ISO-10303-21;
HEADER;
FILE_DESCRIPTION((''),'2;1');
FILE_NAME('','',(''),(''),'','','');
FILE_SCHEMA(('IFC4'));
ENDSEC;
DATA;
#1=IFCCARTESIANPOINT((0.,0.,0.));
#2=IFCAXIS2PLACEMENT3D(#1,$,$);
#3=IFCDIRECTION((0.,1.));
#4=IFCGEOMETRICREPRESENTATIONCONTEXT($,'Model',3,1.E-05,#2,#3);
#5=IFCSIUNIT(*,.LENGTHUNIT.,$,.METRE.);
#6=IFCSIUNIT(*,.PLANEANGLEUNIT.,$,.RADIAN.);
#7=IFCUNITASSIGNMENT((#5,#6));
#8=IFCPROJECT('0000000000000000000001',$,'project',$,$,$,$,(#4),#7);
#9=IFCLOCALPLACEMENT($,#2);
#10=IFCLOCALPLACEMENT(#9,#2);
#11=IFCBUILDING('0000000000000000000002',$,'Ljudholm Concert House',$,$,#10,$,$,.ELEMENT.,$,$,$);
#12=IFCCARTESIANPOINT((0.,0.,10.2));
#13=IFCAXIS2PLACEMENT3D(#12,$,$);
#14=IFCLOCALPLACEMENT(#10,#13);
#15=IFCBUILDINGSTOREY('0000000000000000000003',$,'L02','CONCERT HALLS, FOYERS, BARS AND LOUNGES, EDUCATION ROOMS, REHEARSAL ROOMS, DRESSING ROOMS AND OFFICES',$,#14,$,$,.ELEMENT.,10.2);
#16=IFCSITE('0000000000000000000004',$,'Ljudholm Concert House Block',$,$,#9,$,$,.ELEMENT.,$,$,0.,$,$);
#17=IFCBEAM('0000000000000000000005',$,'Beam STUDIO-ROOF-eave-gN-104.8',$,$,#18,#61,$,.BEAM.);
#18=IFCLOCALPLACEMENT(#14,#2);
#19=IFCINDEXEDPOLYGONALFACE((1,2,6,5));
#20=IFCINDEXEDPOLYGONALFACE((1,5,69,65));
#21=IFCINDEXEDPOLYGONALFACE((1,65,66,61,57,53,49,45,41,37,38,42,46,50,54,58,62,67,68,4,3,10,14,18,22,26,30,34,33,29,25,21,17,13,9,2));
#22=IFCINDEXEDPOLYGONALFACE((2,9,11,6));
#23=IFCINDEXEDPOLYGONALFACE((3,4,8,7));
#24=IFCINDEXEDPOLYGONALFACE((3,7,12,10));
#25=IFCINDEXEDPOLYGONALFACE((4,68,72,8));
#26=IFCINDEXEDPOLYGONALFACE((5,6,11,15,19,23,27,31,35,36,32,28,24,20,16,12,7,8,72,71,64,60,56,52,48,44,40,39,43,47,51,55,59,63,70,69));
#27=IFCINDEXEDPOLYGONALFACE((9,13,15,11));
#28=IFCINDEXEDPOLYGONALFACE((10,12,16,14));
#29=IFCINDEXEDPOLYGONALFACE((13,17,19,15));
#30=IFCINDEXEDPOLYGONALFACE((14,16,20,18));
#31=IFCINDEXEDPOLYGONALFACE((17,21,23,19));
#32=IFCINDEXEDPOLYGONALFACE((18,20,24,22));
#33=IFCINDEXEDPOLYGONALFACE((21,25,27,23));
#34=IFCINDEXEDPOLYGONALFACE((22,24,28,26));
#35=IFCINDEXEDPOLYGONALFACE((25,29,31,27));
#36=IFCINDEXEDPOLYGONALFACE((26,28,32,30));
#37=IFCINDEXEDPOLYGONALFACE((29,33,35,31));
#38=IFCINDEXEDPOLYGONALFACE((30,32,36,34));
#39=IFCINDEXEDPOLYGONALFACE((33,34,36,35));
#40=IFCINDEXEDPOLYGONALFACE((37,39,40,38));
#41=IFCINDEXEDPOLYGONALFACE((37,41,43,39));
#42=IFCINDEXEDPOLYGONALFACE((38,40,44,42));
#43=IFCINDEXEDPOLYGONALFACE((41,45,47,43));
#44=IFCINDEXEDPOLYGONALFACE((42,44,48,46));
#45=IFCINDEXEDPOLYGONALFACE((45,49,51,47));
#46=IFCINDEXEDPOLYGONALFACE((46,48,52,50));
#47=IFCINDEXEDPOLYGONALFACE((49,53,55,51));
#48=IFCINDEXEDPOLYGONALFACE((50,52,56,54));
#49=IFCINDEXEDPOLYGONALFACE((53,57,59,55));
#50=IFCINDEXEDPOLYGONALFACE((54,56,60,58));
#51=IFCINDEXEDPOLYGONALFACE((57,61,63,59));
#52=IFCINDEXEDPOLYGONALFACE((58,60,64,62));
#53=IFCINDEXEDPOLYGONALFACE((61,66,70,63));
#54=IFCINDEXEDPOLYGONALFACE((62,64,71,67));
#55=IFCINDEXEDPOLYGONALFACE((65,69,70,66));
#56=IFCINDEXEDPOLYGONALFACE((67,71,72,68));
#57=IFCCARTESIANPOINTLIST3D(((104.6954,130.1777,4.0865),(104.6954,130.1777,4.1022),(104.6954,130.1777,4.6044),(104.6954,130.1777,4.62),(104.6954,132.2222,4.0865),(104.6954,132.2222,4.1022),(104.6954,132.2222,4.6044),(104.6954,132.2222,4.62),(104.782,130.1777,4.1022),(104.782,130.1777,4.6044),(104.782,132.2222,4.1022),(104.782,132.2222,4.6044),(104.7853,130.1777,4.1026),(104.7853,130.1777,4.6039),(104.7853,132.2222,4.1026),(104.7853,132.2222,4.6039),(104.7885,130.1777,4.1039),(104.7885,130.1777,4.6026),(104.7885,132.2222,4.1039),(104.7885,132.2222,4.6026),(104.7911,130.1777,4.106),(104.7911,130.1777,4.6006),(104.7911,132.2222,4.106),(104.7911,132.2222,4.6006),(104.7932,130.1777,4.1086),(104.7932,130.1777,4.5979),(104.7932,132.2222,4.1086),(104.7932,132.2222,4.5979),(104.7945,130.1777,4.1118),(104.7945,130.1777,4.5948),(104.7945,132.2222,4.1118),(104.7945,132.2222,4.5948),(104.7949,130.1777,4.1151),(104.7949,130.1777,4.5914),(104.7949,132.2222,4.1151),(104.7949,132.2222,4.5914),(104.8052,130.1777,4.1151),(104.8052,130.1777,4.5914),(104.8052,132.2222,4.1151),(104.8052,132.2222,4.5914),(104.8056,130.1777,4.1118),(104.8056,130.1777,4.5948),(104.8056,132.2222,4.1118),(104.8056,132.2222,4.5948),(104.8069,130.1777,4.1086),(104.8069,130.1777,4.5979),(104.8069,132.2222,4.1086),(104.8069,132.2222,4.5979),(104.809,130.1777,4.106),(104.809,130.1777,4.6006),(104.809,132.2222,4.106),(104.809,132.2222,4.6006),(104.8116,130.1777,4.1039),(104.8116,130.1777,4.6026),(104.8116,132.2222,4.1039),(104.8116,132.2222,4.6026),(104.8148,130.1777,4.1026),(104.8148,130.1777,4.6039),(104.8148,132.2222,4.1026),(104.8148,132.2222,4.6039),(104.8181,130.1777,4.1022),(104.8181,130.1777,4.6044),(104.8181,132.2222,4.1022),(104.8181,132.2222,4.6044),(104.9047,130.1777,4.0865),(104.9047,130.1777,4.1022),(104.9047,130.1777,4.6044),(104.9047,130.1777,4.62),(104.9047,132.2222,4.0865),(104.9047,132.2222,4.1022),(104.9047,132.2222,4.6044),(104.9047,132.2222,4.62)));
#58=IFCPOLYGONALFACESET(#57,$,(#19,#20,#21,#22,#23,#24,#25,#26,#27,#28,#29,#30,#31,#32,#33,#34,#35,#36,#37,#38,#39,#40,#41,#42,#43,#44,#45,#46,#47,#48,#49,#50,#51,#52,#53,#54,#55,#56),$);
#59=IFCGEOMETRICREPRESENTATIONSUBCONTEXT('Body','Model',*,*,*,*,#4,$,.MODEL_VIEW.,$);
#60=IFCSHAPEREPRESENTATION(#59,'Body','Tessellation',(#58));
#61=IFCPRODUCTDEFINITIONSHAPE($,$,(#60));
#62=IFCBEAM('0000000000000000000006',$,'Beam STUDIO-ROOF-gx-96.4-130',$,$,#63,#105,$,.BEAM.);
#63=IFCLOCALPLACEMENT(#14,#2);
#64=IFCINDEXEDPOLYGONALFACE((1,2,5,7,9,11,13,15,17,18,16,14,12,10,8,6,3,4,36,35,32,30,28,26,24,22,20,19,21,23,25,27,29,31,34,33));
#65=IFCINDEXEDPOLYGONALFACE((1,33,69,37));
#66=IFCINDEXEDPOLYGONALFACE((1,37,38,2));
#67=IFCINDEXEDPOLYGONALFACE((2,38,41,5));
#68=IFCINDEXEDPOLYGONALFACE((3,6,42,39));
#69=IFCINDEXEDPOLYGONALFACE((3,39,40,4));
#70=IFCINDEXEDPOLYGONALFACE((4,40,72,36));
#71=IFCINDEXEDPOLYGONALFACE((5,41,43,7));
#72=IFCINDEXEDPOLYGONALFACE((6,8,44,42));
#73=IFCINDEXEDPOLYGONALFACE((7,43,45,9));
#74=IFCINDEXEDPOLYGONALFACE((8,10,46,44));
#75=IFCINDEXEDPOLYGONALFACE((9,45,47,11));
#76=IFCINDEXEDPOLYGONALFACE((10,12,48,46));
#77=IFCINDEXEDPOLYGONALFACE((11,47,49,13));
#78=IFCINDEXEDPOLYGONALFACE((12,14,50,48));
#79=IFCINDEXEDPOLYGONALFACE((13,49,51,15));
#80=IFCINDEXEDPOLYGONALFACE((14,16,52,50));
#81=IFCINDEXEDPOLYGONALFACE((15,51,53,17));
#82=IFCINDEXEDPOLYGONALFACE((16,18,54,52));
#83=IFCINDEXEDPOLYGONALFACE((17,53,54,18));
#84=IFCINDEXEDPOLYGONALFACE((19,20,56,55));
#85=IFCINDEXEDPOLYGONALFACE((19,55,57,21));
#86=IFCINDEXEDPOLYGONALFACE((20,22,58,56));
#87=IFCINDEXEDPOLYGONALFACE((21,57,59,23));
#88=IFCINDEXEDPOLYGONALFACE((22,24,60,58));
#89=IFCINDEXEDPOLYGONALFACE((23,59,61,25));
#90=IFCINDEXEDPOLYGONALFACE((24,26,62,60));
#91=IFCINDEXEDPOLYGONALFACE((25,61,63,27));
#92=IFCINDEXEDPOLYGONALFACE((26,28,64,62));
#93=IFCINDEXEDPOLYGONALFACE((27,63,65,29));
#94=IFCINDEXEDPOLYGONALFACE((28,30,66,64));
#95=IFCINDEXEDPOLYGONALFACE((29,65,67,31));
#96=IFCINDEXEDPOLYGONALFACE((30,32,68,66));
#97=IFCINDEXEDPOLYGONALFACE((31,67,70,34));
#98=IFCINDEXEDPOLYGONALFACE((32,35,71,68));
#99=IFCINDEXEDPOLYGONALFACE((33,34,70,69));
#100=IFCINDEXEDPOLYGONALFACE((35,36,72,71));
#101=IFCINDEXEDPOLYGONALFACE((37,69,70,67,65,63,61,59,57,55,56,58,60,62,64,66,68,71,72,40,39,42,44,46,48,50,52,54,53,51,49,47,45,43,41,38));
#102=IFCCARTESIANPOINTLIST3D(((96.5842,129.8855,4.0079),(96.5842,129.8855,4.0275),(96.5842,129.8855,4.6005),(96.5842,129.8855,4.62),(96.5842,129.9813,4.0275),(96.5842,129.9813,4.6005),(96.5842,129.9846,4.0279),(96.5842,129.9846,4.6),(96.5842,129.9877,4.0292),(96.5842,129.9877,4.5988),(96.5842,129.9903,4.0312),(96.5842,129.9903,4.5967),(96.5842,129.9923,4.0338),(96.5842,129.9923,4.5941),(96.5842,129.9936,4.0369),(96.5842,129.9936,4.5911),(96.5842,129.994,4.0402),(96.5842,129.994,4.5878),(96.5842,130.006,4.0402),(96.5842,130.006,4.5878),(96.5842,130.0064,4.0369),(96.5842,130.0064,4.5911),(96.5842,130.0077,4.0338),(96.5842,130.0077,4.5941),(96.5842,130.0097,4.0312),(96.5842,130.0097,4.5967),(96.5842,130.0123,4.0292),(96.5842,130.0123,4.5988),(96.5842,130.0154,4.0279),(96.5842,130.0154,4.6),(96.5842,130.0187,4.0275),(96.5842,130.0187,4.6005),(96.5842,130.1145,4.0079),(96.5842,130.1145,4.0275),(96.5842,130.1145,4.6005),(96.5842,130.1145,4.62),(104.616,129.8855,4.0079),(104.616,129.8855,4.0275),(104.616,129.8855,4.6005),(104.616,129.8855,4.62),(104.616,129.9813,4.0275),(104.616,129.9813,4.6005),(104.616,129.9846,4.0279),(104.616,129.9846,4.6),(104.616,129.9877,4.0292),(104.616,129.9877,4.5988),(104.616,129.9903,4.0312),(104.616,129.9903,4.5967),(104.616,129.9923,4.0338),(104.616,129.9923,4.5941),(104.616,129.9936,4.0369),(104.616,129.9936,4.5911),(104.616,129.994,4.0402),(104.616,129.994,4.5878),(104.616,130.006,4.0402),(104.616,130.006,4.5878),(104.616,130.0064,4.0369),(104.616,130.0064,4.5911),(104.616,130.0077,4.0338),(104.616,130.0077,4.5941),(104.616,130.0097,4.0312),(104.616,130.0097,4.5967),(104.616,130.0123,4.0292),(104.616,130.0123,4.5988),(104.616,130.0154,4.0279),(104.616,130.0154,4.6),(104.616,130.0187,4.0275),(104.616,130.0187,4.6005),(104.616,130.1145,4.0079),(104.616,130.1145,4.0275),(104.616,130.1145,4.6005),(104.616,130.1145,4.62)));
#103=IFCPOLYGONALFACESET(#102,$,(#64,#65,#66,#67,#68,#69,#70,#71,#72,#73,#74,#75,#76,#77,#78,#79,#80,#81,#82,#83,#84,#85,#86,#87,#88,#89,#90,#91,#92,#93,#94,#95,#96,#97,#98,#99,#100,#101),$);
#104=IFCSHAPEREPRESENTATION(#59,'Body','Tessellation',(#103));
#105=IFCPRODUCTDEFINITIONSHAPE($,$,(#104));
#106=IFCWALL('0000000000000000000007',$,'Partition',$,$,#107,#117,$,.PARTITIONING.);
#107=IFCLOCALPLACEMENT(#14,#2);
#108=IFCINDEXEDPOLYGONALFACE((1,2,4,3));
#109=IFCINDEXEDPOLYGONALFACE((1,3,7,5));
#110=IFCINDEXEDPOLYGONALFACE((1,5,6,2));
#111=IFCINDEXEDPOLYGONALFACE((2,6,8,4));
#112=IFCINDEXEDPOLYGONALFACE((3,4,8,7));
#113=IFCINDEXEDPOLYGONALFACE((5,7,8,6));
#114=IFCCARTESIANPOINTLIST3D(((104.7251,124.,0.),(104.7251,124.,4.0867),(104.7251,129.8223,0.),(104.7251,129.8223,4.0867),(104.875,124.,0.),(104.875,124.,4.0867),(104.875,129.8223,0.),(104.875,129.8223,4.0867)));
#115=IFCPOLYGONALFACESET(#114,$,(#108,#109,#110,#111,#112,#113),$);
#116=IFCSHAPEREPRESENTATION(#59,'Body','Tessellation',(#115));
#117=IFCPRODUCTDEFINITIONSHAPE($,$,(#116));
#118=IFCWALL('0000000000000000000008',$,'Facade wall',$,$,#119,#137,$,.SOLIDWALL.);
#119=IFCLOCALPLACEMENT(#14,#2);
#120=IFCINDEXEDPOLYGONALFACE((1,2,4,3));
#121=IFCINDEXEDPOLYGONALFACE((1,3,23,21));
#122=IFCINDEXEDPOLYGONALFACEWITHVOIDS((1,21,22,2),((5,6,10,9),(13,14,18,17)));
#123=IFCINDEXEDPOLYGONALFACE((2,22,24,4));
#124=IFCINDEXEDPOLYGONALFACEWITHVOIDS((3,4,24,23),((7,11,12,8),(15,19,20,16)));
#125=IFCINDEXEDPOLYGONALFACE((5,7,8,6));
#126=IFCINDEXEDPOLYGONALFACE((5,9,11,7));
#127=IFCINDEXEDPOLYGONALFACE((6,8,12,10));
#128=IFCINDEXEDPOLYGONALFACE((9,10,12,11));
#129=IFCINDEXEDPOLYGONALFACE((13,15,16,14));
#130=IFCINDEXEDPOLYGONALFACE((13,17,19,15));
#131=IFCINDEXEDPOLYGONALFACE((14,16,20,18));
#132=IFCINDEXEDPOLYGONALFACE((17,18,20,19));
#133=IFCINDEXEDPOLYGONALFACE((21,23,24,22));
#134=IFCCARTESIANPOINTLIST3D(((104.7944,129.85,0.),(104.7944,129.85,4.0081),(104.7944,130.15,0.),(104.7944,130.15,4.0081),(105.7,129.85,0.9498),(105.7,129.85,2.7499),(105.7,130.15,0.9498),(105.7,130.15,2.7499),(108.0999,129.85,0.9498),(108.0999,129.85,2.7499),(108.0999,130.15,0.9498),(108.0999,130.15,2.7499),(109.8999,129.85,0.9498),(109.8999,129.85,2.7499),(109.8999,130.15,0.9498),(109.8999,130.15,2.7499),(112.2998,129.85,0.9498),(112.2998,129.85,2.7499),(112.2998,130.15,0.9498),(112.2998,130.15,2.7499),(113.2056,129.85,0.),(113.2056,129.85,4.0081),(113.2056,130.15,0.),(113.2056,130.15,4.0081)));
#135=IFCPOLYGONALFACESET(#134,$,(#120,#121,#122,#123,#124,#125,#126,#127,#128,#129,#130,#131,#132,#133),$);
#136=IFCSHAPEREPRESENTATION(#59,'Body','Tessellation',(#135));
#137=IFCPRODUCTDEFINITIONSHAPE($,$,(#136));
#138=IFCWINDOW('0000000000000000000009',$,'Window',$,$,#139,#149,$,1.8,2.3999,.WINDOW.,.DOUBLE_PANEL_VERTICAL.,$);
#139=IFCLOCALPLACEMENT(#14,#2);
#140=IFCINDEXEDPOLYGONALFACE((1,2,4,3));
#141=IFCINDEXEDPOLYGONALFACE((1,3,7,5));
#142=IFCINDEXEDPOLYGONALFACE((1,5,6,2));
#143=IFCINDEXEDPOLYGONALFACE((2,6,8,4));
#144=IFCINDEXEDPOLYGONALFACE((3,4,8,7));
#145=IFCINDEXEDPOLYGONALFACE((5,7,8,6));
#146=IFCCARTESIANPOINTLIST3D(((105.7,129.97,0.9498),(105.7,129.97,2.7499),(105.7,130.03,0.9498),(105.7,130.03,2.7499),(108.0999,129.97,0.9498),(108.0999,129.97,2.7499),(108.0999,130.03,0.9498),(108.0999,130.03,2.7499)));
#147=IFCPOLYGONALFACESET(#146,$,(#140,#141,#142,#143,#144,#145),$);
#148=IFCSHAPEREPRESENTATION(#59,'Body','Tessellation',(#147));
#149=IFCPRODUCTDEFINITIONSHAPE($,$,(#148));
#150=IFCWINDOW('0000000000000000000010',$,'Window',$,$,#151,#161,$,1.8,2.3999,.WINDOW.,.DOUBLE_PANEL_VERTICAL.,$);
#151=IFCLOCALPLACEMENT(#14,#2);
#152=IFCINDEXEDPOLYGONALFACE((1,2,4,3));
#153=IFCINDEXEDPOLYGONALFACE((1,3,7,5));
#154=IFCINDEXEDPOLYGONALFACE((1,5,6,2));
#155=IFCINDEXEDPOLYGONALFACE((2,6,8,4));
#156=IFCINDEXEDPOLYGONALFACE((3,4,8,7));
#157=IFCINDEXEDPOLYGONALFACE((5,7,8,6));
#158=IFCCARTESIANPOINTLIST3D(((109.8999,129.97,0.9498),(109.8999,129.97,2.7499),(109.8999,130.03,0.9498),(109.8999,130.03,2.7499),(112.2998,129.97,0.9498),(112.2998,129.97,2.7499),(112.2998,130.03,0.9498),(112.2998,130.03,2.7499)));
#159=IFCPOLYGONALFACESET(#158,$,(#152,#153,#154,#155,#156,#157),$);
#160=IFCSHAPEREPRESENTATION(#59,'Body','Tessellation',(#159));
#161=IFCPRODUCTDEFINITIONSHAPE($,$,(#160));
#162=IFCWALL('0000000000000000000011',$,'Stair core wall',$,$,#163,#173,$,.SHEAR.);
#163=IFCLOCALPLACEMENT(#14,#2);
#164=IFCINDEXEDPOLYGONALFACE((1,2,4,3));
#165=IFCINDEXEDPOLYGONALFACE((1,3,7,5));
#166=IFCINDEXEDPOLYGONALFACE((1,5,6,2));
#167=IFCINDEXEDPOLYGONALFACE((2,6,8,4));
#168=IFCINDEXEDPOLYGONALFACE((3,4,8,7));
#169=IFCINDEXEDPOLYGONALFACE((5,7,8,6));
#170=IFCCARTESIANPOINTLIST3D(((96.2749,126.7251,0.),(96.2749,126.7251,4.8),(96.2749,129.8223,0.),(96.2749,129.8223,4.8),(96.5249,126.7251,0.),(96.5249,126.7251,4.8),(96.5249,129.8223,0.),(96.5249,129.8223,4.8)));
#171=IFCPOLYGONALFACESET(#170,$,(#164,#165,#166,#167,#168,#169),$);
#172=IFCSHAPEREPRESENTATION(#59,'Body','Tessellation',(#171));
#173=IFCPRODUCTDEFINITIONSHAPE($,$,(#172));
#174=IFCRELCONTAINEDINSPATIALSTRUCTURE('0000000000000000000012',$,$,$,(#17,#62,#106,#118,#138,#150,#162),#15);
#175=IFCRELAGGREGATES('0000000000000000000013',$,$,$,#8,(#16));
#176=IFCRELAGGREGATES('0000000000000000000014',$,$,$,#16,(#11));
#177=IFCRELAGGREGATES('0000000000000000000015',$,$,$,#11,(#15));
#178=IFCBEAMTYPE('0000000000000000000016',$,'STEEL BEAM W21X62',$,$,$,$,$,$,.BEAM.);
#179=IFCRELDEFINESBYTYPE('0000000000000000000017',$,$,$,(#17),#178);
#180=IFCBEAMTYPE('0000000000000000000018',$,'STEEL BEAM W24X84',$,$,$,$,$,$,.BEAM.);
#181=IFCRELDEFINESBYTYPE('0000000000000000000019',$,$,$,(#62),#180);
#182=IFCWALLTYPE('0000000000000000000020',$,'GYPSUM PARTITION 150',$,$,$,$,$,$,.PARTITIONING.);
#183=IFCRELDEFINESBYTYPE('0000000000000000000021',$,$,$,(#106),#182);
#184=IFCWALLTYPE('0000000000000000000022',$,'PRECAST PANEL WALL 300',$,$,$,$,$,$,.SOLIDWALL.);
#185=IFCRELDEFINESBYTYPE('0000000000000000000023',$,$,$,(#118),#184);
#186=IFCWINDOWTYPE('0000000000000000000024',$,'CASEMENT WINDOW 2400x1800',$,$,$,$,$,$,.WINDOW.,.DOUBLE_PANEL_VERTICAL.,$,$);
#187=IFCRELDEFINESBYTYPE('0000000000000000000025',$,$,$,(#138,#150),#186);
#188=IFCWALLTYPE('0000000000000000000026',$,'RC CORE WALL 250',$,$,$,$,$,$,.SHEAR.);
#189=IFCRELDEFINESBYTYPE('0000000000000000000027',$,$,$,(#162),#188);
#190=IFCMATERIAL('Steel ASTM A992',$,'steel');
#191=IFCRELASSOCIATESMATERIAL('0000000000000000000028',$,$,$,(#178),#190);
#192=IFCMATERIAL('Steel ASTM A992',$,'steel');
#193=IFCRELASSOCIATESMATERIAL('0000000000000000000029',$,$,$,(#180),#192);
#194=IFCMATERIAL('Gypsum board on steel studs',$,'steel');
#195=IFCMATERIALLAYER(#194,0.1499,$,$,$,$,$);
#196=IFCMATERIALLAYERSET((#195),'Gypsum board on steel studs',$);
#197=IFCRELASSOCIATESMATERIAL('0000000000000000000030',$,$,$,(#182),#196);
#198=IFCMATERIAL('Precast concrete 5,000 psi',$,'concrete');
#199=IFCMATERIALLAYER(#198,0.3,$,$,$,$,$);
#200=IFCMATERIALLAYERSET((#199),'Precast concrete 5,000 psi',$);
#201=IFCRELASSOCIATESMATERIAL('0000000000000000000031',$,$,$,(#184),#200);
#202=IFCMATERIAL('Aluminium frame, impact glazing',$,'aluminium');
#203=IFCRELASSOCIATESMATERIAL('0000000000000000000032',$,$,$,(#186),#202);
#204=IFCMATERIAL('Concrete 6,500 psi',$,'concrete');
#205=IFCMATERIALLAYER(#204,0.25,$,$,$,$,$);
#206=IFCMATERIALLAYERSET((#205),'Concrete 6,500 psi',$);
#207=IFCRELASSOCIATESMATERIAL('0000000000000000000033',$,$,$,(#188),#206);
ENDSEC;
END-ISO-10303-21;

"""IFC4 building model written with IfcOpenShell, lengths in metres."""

from ifc_helpers import new_model, si_unit, direction, frame, frame_2d, origin, origin_2d, place, context, subcontext, project, spatial, rectangle, i_section, extrude, material, layer, layer_set, material_profile, profile_set, type_object, element, fill, save


model = new_model("IFC4")

# Units and contexts
model_context = context("Model", 3, precision=1e-05, world=origin(), true_north=direction((0.0, 1.0)))
body_context = subcontext(model_context, "Body", "Model", "MODEL_VIEW")
ifc_project = project(units=[si_unit("LENGTHUNIT", "METRE"), si_unit("PLANEANGLEUNIT", "RADIAN")], contexts=[model_context])

# Site, building, storey
site_placement = place(None, origin())
site = spatial("IfcSite", under=ifc_project, at=site_placement, Name="Ljudholm Concert House Block", CompositionType="ELEMENT", RefElevation=0.0)
building_placement = place(site_placement, origin())
building = spatial("IfcBuilding", under=site, at=building_placement, Name="Ljudholm Concert House", CompositionType="ELEMENT")
storey_placement = place(building_placement, frame((0.0, 0.0, 10.2)))
storey = spatial("IfcBuildingStorey", under=building, at=storey_placement, Name="L02", Description="CONCERT HALLS, FOYERS, BARS AND LOUNGES, EDUCATION ROOMS, REHEARSAL ROOMS, DRESSING ROOMS AND OFFICES", CompositionType="ELEMENT", Elevation=10.2)

# Beams
ifc_material_1 = material(Name="Steel ASTM A992", Category="steel")
ifc_material_profile_1 = material_profile(ifc_material_1, i_section(OverallWidth=0.2092, OverallDepth=0.5334, WebThickness=0.0103, FlangeThickness=0.0156, FilletRadius=0.0129, at=origin_2d()), Name="W21X62")
ifc_profile_set_1 = profile_set([ifc_material_profile_1], Name="Steel ASTM A992")
beam_type_1 = type_object("IfcBeamType", Name="STEEL BEAM W21X62", PredefinedType="BEAM", material=ifc_profile_set_1)
for number, where, z_axis, x_axis, name in (
    (1, (104.8, 130.1777, 4.3533), (0.0, 1.0, 0.0), (-1.0, 0.0, 0.0), "Beam STUDIO-ROOF-eave-gN-104.8"),
):
    element("IfcBeam", number, at=place(storey_placement, frame(where, z_axis=z_axis, x_axis=x_axis)), inside=storey, type_object=beam_type_1, Name=name, PredefinedType="BEAM", context=body_context, shape_type="SweptSolid", body=[
        extrude(i_section(OverallWidth=0.2092, OverallDepth=0.5334, WebThickness=0.0103, FlangeThickness=0.0156, FilletRadius=0.0129, at=origin_2d()), origin(), (0.0, 0.0, 1.0), 2.0444),
    ])
ifc_material_2 = material(Name="Steel ASTM A992", Category="steel")
ifc_material_profile_2 = material_profile(ifc_material_2, i_section(OverallWidth=0.229, OverallDepth=0.6121, WebThickness=0.012, FlangeThickness=0.0195, FilletRadius=0.0127, at=origin_2d()), Name="W24X84")
ifc_profile_set_2 = profile_set([ifc_material_profile_2], Name="Steel ASTM A992")
beam_type_2 = type_object("IfcBeamType", Name="STEEL BEAM W24X84", PredefinedType="BEAM", material=ifc_profile_set_2)
beam_1_placement = place(storey_placement, frame((96.5842, 130.0, 4.314), z_axis=(1.0, 0.0, 0.0), x_axis=(0.0, 1.0, 0.0)))
element("IfcBeam", 2, at=beam_1_placement, inside=storey, type_object=beam_type_2, Name="Beam STUDIO-ROOF-gx-96.4-130", PredefinedType="BEAM", context=body_context, shape_type="SweptSolid", body=[
    extrude(i_section(OverallWidth=0.229, OverallDepth=0.6121, WebThickness=0.012, FlangeThickness=0.0195, FilletRadius=0.0127, at=origin_2d()), origin(), (0.0, 0.0, 1.0), 8.0317),
])

# Wall
ifc_material_3 = material(Name="Gypsum board on steel studs", Category="steel")
ifc_layer_1 = layer(ifc_material_3, 0.1499)
ifc_layer_set_1 = layer_set([ifc_layer_1], Name="Gypsum board on steel studs")
wall_type_1 = type_object("IfcWallType", Name="GYPSUM PARTITION 150", PredefinedType="PARTITIONING", material=ifc_layer_set_1)
wall_1_placement = place(storey_placement, frame((104.8, 124.0, 0.0), z_axis=(0.0, 0.0, 1.0), x_axis=(0.0, 1.0, 0.0)))
element("IfcWall", 3, at=wall_1_placement, inside=storey, type_object=wall_type_1, Name="Partition", PredefinedType="PARTITIONING", context=body_context, shape_type="SweptSolid", body=[
    extrude(rectangle(XDim=5.8223, YDim=0.1499, at=frame_2d((2.9111, 0.0))), origin(), (0.0, 0.0, 1.0), 4.0867),
])

# Wall, openings, windows
ifc_material_4 = material(Name="Precast concrete 5,000 psi", Category="concrete")
ifc_layer_2 = layer(ifc_material_4, 0.3)
ifc_layer_set_2 = layer_set([ifc_layer_2], Name="Precast concrete 5,000 psi")
wall_type_2 = type_object("IfcWallType", Name="PRECAST PANEL WALL 300", PredefinedType="SOLIDWALL", material=ifc_layer_set_2)
wall_2_placement = place(storey_placement, frame((104.7944, 130.0, 0.0), z_axis=(0.0, 0.0, 1.0), x_axis=(1.0, 0.0, 0.0)))
wall_2 = element("IfcWall", 4, at=wall_2_placement, inside=storey, type_object=wall_type_2, Name="Facade wall", PredefinedType="SOLIDWALL", context=body_context, shape_type="SweptSolid", body=[
    extrude(rectangle(XDim=8.4111, YDim=0.3, at=frame_2d((4.2056, 0.0))), origin(), (0.0, 0.0, 1.0), 4.0081),
])
opening_1_placement = place(wall_2_placement, frame((0.9055, 0.0, 0.95)))
opening_1 = element("IfcOpeningElement", 5, at=opening_1_placement, cuts=wall_2, PredefinedType="OPENING", context=body_context, shape_type="SweptSolid", body=[
    extrude(rectangle(XDim=2.3999, YDim=1.8, at=frame_2d((1.2, 0.8999))), frame((0.0, 0.1599, 0.0), z_axis=(0.0, -1.0, 0.0), x_axis=(1.0, 0.0, 0.0)), (0.0, 0.0, 1.0), 0.3201),
])
opening_2_placement = place(wall_2_placement, frame((5.1055, 0.0, 0.95)))
opening_2 = element("IfcOpeningElement", 6, at=opening_2_placement, cuts=wall_2, PredefinedType="OPENING", context=body_context, shape_type="SweptSolid", body=[
    extrude(rectangle(XDim=2.3999, YDim=1.8, at=frame_2d((1.2, 0.8999))), frame((0.0, 0.1599, 0.0), z_axis=(0.0, -1.0, 0.0), x_axis=(1.0, 0.0, 0.0)), (0.0, 0.0, 1.0), 0.3201),
])
ifc_material_5 = material(Name="Aluminium frame, impact glazing", Category="aluminium")
window_type = type_object("IfcWindowType", Name="CASEMENT WINDOW 2400x1800", PartitioningType="DOUBLE_PANEL_VERTICAL", PredefinedType="WINDOW", material=ifc_material_5)
window_1_placement = place(opening_1_placement, origin())
window_1 = element("IfcWindow", 7, at=window_1_placement, inside=storey, type_object=window_type, Name="Window", OverallHeight=1.8, OverallWidth=2.3999, PartitioningType="DOUBLE_PANEL_VERTICAL", PredefinedType="WINDOW", context=body_context, shape_type="SweptSolid", body=[
    extrude(rectangle(XDim=2.3999, YDim=1.8, at=frame_2d((1.2, 0.8999))), frame((0.0, 0.03, 0.0), z_axis=(0.0, -1.0, 0.0), x_axis=(1.0, 0.0, 0.0)), (0.0, 0.0, 1.0), 0.0601),
])
fill(opening_1, window_1)
window_2_placement = place(opening_2_placement, origin())
window_2 = element("IfcWindow", 8, at=window_2_placement, inside=storey, type_object=window_type, Name="Window", OverallHeight=1.8, OverallWidth=2.3999, PartitioningType="DOUBLE_PANEL_VERTICAL", PredefinedType="WINDOW", context=body_context, shape_type="SweptSolid", body=[
    extrude(rectangle(XDim=2.3999, YDim=1.8, at=frame_2d((1.2, 0.8999))), frame((0.0, 0.03, 0.0), z_axis=(0.0, -1.0, 0.0), x_axis=(1.0, 0.0, 0.0)), (0.0, 0.0, 1.0), 0.0601),
])
fill(opening_2, window_2)

# Wall
ifc_material_6 = material(Name="Concrete 6,500 psi", Category="concrete")
ifc_layer_3 = layer(ifc_material_6, 0.25)
ifc_layer_set_3 = layer_set([ifc_layer_3], Name="Concrete 6,500 psi")
wall_type_3 = type_object("IfcWallType", Name="RC CORE WALL 250", PredefinedType="SHEAR", material=ifc_layer_set_3)
wall_3_placement = place(storey_placement, frame((96.3999, 126.7251, 0.0), z_axis=(0.0, 0.0, 1.0), x_axis=(0.0, 1.0, 0.0)))
element("IfcWall", 9, at=wall_3_placement, inside=storey, type_object=wall_type_3, Name="Stair core wall", PredefinedType="SHEAR", context=body_context, shape_type="SweptSolid", body=[
    extrude(rectangle(XDim=3.0972, YDim=0.25, at=frame_2d((1.5486, 0.0))), origin(), (0.0, 0.0, 1.0), 4.8),
])

save(model, "model.ifc")
